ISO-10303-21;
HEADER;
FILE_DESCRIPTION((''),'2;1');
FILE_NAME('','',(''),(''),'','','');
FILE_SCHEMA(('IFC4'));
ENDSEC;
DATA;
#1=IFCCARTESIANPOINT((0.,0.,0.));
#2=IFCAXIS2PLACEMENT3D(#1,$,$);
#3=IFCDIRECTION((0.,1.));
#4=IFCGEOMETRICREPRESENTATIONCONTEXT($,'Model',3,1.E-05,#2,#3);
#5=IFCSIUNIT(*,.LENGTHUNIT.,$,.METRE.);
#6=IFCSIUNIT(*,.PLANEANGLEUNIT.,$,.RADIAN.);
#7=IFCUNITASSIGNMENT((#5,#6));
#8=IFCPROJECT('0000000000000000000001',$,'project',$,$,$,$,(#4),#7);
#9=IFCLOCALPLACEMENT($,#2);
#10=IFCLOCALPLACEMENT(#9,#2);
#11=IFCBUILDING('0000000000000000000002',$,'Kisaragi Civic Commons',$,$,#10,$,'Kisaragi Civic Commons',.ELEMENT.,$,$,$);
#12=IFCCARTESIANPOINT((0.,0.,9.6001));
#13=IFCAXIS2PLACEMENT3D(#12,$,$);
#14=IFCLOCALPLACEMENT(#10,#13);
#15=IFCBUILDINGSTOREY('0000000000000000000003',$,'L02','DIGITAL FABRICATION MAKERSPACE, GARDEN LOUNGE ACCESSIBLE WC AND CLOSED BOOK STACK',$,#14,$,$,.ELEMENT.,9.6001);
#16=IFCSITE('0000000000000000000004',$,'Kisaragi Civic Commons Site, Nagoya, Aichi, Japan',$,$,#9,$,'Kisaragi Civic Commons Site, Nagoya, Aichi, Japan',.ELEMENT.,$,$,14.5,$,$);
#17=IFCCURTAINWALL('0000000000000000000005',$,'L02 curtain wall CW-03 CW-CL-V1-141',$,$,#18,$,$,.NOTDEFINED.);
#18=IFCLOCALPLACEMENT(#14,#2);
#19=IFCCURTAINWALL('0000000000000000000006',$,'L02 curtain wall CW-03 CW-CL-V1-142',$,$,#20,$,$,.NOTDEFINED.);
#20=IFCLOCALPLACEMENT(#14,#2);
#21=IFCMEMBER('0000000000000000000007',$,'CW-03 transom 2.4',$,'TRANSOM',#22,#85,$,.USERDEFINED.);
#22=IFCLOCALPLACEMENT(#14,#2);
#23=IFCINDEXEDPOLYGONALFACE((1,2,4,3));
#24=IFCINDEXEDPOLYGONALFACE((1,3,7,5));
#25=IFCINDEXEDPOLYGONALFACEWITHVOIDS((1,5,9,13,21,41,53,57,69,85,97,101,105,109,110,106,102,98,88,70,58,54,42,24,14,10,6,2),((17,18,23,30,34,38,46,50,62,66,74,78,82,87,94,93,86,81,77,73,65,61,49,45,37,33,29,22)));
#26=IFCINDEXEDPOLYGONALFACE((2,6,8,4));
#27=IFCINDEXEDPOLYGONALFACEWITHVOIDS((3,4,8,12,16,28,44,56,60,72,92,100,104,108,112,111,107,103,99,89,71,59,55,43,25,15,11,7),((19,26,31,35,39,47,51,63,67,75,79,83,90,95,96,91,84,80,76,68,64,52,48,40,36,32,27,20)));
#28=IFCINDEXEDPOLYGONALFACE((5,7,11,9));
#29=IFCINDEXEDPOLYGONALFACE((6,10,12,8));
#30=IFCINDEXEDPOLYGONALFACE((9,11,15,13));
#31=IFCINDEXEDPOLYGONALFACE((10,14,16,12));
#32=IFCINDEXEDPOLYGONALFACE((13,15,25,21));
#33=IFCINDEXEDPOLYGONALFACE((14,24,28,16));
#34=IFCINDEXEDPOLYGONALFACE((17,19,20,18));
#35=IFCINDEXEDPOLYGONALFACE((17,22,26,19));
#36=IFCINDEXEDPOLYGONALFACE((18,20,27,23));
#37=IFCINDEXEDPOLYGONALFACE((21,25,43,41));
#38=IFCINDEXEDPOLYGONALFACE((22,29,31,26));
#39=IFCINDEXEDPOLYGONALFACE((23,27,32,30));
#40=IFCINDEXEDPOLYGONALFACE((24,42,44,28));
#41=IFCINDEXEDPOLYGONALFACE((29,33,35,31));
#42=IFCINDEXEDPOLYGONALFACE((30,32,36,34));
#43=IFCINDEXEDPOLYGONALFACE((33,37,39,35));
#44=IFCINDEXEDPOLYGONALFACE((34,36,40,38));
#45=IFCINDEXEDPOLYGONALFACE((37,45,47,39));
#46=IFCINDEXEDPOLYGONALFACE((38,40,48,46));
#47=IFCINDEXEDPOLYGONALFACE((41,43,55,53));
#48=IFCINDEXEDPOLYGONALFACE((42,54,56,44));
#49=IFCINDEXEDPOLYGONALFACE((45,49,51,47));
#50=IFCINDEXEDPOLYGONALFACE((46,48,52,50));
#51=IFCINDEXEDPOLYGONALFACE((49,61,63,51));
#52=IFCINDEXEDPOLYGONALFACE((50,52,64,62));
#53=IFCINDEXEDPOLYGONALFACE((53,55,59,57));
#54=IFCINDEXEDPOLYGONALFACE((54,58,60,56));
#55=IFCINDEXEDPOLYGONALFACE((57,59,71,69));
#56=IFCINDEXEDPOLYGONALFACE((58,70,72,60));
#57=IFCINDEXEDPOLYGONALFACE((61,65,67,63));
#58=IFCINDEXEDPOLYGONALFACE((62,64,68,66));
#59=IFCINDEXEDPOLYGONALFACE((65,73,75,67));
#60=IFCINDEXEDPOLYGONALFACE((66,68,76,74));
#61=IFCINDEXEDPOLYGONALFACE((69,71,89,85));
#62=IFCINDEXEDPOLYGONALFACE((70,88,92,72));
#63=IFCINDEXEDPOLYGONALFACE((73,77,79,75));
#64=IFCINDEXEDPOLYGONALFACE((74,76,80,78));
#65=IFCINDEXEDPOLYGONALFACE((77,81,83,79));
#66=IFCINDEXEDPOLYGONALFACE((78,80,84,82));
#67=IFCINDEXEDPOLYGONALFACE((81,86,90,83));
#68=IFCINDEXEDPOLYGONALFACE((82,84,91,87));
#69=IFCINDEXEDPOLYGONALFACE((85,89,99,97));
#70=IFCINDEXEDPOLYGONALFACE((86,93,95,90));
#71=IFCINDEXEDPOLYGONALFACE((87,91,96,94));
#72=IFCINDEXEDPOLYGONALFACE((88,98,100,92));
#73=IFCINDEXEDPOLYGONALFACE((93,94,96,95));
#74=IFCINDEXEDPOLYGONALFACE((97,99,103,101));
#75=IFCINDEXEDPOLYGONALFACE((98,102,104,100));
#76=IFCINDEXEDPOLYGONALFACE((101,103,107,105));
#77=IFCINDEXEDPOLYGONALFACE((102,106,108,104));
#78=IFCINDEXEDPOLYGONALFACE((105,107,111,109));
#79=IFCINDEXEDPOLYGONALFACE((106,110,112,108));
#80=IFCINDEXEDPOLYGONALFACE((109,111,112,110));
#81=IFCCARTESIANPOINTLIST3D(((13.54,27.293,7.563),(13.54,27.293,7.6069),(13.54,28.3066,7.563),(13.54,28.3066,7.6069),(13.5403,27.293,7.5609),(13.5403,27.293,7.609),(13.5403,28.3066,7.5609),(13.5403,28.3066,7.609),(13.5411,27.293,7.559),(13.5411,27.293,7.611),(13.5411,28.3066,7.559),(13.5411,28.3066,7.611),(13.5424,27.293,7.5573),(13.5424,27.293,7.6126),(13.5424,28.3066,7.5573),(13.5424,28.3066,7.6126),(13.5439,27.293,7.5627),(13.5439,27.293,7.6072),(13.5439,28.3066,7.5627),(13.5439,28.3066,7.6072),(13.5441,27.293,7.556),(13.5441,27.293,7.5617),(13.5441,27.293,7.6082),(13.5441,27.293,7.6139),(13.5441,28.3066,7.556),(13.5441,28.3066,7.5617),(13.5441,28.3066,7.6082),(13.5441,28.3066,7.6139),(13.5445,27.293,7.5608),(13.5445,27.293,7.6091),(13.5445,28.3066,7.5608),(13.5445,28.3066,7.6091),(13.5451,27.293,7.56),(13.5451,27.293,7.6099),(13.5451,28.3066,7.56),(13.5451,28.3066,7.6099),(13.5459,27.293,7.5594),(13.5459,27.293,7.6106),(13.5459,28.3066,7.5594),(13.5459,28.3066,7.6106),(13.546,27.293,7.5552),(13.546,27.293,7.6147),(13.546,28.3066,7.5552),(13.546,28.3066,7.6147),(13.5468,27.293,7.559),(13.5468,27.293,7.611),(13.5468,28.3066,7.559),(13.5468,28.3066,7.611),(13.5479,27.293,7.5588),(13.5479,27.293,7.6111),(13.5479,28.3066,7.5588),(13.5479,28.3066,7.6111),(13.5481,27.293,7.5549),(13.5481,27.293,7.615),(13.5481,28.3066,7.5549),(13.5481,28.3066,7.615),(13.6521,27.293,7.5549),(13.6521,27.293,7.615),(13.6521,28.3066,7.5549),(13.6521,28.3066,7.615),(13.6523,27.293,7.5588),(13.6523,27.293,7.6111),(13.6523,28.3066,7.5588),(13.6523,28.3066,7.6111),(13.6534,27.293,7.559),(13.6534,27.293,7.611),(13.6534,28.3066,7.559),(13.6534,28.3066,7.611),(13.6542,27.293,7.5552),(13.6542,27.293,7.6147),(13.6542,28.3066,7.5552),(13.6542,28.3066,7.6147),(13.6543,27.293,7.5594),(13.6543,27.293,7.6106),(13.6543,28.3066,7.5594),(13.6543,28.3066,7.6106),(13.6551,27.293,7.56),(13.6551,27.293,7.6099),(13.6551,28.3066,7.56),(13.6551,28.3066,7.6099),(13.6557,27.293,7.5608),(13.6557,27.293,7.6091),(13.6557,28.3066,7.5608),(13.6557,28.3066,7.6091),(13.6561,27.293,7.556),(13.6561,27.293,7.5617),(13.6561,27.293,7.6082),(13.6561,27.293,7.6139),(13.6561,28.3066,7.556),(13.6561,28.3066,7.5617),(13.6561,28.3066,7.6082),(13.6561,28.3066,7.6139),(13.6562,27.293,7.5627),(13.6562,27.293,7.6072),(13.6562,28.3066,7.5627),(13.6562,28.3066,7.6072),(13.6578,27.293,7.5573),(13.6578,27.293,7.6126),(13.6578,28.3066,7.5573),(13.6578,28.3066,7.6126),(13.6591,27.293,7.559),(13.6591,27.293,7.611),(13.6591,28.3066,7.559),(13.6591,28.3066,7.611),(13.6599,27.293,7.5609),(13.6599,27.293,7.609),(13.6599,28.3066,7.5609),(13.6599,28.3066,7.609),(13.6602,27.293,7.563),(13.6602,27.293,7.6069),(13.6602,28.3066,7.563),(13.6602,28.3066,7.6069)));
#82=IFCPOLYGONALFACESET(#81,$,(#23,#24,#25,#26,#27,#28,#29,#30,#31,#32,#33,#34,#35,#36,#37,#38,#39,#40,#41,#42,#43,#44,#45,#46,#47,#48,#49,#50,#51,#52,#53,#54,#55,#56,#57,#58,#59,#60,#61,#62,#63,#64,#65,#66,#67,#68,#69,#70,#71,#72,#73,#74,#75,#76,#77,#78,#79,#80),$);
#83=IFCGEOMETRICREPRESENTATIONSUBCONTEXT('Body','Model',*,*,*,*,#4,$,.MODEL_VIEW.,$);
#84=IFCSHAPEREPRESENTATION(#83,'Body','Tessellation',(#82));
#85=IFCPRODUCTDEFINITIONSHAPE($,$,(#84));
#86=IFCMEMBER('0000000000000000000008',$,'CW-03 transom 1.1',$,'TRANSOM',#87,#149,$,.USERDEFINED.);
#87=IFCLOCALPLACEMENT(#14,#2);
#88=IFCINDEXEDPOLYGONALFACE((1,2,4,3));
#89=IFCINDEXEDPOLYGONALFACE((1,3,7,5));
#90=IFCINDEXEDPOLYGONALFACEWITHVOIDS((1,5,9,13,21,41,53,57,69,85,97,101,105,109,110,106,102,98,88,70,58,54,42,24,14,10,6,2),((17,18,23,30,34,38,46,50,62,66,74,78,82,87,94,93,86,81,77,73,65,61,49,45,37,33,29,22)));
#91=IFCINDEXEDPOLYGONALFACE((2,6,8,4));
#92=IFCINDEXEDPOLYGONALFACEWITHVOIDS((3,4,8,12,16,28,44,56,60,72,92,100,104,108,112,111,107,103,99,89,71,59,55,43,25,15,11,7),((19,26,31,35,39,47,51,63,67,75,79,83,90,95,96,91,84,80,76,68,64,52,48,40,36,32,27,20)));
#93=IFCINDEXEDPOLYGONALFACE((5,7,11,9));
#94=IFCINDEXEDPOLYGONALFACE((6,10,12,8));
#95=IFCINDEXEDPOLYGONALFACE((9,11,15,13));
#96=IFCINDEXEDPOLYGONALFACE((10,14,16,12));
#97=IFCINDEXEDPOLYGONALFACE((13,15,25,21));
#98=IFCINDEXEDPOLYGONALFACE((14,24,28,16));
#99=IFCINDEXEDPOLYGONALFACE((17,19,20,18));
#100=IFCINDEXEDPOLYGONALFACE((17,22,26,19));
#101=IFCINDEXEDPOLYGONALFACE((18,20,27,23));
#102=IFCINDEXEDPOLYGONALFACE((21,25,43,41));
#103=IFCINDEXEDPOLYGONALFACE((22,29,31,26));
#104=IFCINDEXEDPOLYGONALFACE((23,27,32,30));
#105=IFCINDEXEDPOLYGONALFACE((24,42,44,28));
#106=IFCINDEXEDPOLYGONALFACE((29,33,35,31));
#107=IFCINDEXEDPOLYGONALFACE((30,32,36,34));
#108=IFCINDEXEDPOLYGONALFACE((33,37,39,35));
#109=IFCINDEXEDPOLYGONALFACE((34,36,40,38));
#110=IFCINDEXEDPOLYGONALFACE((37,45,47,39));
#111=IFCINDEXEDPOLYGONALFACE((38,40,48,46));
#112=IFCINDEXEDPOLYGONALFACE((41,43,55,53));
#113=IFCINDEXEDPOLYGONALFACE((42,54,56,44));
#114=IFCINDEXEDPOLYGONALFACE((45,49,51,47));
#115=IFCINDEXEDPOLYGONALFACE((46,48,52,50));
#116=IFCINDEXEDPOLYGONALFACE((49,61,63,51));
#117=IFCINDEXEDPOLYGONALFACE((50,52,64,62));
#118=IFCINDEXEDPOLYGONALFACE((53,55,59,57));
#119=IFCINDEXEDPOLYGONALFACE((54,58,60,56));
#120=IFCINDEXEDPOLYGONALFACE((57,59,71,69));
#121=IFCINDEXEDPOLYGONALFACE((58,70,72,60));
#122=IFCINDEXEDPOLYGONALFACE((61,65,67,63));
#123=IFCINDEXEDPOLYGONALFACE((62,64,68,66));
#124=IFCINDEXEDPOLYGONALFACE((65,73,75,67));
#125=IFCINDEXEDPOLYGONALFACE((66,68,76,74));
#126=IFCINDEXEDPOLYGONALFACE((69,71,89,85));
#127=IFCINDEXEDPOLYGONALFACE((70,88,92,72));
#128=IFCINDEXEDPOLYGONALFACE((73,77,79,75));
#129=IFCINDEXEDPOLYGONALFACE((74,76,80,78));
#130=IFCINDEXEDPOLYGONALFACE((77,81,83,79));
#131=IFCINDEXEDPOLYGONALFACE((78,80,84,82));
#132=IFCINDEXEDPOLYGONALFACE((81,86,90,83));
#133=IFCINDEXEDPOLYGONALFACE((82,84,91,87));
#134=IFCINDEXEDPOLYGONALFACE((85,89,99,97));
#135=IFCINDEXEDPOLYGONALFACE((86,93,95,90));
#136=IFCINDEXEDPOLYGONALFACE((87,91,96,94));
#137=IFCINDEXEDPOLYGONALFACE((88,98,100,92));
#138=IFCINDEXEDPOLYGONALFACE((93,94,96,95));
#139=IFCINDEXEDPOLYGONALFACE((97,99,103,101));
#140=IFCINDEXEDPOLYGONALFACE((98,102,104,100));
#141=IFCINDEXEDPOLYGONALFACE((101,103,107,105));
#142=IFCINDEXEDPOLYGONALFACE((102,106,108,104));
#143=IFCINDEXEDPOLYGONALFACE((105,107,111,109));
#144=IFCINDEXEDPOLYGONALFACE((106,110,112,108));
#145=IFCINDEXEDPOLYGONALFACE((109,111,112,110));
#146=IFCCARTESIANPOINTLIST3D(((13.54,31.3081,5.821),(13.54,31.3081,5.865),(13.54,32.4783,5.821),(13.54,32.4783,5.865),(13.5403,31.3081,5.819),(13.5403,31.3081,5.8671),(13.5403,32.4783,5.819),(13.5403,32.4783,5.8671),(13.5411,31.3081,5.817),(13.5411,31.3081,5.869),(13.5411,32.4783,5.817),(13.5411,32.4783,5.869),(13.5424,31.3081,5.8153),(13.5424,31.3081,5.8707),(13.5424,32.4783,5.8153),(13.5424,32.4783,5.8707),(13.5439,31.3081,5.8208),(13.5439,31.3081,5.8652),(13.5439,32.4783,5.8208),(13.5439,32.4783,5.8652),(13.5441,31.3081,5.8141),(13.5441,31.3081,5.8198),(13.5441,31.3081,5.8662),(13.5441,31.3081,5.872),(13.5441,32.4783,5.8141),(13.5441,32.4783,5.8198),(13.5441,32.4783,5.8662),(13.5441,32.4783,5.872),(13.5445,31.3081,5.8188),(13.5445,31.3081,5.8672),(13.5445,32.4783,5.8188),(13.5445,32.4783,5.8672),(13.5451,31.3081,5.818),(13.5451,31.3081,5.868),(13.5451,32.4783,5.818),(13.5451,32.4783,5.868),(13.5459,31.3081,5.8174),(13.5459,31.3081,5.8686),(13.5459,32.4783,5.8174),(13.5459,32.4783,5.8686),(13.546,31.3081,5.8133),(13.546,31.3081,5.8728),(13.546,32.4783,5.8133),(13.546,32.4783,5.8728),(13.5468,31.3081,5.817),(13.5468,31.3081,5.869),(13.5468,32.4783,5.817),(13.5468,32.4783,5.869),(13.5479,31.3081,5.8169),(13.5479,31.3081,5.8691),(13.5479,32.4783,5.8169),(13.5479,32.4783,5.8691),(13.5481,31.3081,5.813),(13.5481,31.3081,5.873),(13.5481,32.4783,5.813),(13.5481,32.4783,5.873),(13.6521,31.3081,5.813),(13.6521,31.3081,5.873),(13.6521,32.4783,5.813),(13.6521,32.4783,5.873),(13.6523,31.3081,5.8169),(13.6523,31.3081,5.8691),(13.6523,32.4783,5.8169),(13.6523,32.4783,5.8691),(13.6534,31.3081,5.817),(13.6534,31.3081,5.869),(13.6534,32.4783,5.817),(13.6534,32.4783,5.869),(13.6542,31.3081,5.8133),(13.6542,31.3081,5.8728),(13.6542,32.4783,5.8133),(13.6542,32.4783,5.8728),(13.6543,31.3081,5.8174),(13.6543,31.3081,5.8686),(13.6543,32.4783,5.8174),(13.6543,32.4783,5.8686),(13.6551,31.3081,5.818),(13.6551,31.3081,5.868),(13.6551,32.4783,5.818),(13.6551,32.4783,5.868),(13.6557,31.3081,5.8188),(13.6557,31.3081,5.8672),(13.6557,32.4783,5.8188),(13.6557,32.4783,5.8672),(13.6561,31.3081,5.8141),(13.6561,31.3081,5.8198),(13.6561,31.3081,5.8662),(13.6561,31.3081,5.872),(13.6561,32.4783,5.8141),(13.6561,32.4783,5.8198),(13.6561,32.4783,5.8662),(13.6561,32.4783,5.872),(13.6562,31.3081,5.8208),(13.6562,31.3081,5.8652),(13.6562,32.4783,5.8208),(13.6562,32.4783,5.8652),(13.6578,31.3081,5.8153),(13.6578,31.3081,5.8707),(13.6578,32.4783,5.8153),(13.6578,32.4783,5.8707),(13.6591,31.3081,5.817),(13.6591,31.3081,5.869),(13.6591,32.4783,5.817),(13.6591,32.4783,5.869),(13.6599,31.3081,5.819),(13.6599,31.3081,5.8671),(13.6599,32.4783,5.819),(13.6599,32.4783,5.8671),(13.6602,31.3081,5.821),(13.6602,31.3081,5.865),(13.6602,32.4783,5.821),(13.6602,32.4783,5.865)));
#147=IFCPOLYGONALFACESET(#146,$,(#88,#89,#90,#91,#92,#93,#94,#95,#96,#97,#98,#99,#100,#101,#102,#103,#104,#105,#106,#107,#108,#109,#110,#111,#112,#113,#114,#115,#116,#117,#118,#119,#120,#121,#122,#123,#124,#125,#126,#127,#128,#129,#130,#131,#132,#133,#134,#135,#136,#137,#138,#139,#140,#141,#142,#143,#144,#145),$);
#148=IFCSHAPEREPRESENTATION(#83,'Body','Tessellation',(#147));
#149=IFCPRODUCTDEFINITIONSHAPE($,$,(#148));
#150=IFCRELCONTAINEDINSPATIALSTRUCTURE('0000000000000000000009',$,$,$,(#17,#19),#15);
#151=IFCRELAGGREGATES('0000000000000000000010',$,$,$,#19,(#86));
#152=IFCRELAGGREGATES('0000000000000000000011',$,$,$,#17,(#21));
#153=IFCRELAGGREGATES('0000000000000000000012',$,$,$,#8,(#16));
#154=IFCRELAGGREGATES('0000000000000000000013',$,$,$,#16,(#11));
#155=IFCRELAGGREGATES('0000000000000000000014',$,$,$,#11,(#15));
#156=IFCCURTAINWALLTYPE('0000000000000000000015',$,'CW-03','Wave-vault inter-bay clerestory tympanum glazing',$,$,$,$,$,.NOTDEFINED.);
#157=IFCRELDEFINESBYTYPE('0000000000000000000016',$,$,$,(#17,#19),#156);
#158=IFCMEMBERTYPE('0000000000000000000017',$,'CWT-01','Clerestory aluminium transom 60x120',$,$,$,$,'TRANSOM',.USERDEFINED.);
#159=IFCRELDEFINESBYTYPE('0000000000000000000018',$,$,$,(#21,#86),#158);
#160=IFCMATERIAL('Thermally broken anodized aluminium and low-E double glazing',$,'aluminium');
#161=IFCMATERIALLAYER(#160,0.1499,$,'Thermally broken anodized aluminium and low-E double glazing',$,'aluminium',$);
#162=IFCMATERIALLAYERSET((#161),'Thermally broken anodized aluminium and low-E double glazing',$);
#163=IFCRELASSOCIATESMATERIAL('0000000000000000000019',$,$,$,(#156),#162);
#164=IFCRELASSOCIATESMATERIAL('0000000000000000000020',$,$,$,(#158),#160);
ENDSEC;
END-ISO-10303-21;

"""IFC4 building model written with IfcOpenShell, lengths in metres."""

from ifc_helpers import new_model, si_unit, direction, frame, origin, origin_2d, place, context, subcontext, project, spatial, hollow_rectangle, extrude, material, layer, layer_set, material_profile, profile_set, type_object, element, aggregate, save


model = new_model("IFC4")

# Units and contexts
model_context = context("Model", 3, precision=1e-05, world=origin(), true_north=direction((0.0, 1.0)))
body_context = subcontext(model_context, "Body", "Model", "MODEL_VIEW")
ifc_project = project(units=[si_unit("LENGTHUNIT", "METRE"), si_unit("PLANEANGLEUNIT", "RADIAN")], contexts=[model_context])

# Site, building, storey
site_placement = place(None, origin())
site = spatial("IfcSite", under=ifc_project, at=site_placement, Name="Kisaragi Civic Commons Site, Nagoya, Aichi, Japan", LongName="Kisaragi Civic Commons Site, Nagoya, Aichi, Japan", CompositionType="ELEMENT", RefElevation=14.5)
building_placement = place(site_placement, origin())
building = spatial("IfcBuilding", under=site, at=building_placement, Name="Kisaragi Civic Commons", LongName="Kisaragi Civic Commons", CompositionType="ELEMENT")
storey_placement = place(building_placement, frame((0.0, 0.0, 9.6001)))
storey = spatial("IfcBuildingStorey", under=building, at=storey_placement, Name="L02", Description="DIGITAL FABRICATION MAKERSPACE, GARDEN LOUNGE ACCESSIBLE WC AND CLOSED BOOK STACK", CompositionType="ELEMENT", Elevation=9.6001)

# Shared definitions
ifc_material_1 = material(Name="Thermally broken anodized aluminium and low-E double glazing", Category="aluminium")
ifc_layer_1 = layer(ifc_material_1, 0.1499, Name="Thermally broken anodized aluminium and low-E double glazing", Category="aluminium")
ifc_layer_set_1 = layer_set([ifc_layer_1], Name="Thermally broken anodized aluminium and low-E double glazing")
curtain_wall_type = type_object("IfcCurtainWallType", Name="CW-03", Description="Wave-vault inter-bay clerestory tympanum glazing", PredefinedType="NOTDEFINED", material=ifc_layer_set_1)

# Curtain wall
curtain_wall_1_placement = place(storey_placement, origin())
curtain_wall_1 = element("IfcCurtainWall", 1, at=curtain_wall_1_placement, inside=storey, type_object=curtain_wall_type, Name="L02 curtain wall CW-03 CW-CL-V1-141", PredefinedType="NOTDEFINED")

# Curtain wall
curtain_wall_2_placement = place(storey_placement, origin())
curtain_wall_2 = element("IfcCurtainWall", 2, at=curtain_wall_2_placement, inside=storey, type_object=curtain_wall_type, Name="L02 curtain wall CW-03 CW-CL-V1-142", PredefinedType="NOTDEFINED")

# Members
ifc_material_profile_1 = material_profile(ifc_material_1, hollow_rectangle(XDim=0.1201, YDim=0.0601, WallThickness=0.0039, InnerFilletRadius=0.0039, OuterFilletRadius=0.0081, at=origin_2d()), Name="CWT-60x120x4", Category="aluminium")
ifc_profile_set_1 = profile_set([ifc_material_profile_1], Name="Thermally broken anodized aluminium and low-E double glazing")
member_type_1 = type_object("IfcMemberType", Name="CWT-01", Description="Clerestory aluminium transom 60x120", ElementType="TRANSOM", PredefinedType="USERDEFINED", material=ifc_profile_set_1)
member_1_placement = place(storey_placement, frame((13.6001, 27.293, 7.585), z_axis=(0.0, 1.0, 0.0), x_axis=(-1.0, 0.0, 0.0)))
member_1 = element("IfcMember", 3, at=member_1_placement, type_object=member_type_1, Name="CW-03 transom 2.4", ObjectType="TRANSOM", PredefinedType="USERDEFINED", context=body_context, shape_type="SweptSolid", body=[
    extrude(hollow_rectangle(XDim=0.1201, YDim=0.0601, WallThickness=0.0039, InnerFilletRadius=0.0039, OuterFilletRadius=0.0081, at=origin_2d()), origin(), (0.0, 0.0, 1.0), 1.0137),
])
member_2_placement = place(storey_placement, frame((13.6001, 31.3081, 5.843), z_axis=(0.0, 1.0, 0.0), x_axis=(-1.0, 0.0, 0.0)))
member_2 = element("IfcMember", 4, at=member_2_placement, type_object=member_type_1, Name="CW-03 transom 1.1", ObjectType="TRANSOM", PredefinedType="USERDEFINED", context=body_context, shape_type="SweptSolid", body=[
    extrude(hollow_rectangle(XDim=0.1201, YDim=0.0601, WallThickness=0.0039, InnerFilletRadius=0.0039, OuterFilletRadius=0.0081, at=origin_2d()), origin(), (0.0, 0.0, 1.0), 1.1702),
])
aggregate(curtain_wall_2, [member_2])

aggregate(curtain_wall_1, [member_1])

save(model, "model.ifc")
